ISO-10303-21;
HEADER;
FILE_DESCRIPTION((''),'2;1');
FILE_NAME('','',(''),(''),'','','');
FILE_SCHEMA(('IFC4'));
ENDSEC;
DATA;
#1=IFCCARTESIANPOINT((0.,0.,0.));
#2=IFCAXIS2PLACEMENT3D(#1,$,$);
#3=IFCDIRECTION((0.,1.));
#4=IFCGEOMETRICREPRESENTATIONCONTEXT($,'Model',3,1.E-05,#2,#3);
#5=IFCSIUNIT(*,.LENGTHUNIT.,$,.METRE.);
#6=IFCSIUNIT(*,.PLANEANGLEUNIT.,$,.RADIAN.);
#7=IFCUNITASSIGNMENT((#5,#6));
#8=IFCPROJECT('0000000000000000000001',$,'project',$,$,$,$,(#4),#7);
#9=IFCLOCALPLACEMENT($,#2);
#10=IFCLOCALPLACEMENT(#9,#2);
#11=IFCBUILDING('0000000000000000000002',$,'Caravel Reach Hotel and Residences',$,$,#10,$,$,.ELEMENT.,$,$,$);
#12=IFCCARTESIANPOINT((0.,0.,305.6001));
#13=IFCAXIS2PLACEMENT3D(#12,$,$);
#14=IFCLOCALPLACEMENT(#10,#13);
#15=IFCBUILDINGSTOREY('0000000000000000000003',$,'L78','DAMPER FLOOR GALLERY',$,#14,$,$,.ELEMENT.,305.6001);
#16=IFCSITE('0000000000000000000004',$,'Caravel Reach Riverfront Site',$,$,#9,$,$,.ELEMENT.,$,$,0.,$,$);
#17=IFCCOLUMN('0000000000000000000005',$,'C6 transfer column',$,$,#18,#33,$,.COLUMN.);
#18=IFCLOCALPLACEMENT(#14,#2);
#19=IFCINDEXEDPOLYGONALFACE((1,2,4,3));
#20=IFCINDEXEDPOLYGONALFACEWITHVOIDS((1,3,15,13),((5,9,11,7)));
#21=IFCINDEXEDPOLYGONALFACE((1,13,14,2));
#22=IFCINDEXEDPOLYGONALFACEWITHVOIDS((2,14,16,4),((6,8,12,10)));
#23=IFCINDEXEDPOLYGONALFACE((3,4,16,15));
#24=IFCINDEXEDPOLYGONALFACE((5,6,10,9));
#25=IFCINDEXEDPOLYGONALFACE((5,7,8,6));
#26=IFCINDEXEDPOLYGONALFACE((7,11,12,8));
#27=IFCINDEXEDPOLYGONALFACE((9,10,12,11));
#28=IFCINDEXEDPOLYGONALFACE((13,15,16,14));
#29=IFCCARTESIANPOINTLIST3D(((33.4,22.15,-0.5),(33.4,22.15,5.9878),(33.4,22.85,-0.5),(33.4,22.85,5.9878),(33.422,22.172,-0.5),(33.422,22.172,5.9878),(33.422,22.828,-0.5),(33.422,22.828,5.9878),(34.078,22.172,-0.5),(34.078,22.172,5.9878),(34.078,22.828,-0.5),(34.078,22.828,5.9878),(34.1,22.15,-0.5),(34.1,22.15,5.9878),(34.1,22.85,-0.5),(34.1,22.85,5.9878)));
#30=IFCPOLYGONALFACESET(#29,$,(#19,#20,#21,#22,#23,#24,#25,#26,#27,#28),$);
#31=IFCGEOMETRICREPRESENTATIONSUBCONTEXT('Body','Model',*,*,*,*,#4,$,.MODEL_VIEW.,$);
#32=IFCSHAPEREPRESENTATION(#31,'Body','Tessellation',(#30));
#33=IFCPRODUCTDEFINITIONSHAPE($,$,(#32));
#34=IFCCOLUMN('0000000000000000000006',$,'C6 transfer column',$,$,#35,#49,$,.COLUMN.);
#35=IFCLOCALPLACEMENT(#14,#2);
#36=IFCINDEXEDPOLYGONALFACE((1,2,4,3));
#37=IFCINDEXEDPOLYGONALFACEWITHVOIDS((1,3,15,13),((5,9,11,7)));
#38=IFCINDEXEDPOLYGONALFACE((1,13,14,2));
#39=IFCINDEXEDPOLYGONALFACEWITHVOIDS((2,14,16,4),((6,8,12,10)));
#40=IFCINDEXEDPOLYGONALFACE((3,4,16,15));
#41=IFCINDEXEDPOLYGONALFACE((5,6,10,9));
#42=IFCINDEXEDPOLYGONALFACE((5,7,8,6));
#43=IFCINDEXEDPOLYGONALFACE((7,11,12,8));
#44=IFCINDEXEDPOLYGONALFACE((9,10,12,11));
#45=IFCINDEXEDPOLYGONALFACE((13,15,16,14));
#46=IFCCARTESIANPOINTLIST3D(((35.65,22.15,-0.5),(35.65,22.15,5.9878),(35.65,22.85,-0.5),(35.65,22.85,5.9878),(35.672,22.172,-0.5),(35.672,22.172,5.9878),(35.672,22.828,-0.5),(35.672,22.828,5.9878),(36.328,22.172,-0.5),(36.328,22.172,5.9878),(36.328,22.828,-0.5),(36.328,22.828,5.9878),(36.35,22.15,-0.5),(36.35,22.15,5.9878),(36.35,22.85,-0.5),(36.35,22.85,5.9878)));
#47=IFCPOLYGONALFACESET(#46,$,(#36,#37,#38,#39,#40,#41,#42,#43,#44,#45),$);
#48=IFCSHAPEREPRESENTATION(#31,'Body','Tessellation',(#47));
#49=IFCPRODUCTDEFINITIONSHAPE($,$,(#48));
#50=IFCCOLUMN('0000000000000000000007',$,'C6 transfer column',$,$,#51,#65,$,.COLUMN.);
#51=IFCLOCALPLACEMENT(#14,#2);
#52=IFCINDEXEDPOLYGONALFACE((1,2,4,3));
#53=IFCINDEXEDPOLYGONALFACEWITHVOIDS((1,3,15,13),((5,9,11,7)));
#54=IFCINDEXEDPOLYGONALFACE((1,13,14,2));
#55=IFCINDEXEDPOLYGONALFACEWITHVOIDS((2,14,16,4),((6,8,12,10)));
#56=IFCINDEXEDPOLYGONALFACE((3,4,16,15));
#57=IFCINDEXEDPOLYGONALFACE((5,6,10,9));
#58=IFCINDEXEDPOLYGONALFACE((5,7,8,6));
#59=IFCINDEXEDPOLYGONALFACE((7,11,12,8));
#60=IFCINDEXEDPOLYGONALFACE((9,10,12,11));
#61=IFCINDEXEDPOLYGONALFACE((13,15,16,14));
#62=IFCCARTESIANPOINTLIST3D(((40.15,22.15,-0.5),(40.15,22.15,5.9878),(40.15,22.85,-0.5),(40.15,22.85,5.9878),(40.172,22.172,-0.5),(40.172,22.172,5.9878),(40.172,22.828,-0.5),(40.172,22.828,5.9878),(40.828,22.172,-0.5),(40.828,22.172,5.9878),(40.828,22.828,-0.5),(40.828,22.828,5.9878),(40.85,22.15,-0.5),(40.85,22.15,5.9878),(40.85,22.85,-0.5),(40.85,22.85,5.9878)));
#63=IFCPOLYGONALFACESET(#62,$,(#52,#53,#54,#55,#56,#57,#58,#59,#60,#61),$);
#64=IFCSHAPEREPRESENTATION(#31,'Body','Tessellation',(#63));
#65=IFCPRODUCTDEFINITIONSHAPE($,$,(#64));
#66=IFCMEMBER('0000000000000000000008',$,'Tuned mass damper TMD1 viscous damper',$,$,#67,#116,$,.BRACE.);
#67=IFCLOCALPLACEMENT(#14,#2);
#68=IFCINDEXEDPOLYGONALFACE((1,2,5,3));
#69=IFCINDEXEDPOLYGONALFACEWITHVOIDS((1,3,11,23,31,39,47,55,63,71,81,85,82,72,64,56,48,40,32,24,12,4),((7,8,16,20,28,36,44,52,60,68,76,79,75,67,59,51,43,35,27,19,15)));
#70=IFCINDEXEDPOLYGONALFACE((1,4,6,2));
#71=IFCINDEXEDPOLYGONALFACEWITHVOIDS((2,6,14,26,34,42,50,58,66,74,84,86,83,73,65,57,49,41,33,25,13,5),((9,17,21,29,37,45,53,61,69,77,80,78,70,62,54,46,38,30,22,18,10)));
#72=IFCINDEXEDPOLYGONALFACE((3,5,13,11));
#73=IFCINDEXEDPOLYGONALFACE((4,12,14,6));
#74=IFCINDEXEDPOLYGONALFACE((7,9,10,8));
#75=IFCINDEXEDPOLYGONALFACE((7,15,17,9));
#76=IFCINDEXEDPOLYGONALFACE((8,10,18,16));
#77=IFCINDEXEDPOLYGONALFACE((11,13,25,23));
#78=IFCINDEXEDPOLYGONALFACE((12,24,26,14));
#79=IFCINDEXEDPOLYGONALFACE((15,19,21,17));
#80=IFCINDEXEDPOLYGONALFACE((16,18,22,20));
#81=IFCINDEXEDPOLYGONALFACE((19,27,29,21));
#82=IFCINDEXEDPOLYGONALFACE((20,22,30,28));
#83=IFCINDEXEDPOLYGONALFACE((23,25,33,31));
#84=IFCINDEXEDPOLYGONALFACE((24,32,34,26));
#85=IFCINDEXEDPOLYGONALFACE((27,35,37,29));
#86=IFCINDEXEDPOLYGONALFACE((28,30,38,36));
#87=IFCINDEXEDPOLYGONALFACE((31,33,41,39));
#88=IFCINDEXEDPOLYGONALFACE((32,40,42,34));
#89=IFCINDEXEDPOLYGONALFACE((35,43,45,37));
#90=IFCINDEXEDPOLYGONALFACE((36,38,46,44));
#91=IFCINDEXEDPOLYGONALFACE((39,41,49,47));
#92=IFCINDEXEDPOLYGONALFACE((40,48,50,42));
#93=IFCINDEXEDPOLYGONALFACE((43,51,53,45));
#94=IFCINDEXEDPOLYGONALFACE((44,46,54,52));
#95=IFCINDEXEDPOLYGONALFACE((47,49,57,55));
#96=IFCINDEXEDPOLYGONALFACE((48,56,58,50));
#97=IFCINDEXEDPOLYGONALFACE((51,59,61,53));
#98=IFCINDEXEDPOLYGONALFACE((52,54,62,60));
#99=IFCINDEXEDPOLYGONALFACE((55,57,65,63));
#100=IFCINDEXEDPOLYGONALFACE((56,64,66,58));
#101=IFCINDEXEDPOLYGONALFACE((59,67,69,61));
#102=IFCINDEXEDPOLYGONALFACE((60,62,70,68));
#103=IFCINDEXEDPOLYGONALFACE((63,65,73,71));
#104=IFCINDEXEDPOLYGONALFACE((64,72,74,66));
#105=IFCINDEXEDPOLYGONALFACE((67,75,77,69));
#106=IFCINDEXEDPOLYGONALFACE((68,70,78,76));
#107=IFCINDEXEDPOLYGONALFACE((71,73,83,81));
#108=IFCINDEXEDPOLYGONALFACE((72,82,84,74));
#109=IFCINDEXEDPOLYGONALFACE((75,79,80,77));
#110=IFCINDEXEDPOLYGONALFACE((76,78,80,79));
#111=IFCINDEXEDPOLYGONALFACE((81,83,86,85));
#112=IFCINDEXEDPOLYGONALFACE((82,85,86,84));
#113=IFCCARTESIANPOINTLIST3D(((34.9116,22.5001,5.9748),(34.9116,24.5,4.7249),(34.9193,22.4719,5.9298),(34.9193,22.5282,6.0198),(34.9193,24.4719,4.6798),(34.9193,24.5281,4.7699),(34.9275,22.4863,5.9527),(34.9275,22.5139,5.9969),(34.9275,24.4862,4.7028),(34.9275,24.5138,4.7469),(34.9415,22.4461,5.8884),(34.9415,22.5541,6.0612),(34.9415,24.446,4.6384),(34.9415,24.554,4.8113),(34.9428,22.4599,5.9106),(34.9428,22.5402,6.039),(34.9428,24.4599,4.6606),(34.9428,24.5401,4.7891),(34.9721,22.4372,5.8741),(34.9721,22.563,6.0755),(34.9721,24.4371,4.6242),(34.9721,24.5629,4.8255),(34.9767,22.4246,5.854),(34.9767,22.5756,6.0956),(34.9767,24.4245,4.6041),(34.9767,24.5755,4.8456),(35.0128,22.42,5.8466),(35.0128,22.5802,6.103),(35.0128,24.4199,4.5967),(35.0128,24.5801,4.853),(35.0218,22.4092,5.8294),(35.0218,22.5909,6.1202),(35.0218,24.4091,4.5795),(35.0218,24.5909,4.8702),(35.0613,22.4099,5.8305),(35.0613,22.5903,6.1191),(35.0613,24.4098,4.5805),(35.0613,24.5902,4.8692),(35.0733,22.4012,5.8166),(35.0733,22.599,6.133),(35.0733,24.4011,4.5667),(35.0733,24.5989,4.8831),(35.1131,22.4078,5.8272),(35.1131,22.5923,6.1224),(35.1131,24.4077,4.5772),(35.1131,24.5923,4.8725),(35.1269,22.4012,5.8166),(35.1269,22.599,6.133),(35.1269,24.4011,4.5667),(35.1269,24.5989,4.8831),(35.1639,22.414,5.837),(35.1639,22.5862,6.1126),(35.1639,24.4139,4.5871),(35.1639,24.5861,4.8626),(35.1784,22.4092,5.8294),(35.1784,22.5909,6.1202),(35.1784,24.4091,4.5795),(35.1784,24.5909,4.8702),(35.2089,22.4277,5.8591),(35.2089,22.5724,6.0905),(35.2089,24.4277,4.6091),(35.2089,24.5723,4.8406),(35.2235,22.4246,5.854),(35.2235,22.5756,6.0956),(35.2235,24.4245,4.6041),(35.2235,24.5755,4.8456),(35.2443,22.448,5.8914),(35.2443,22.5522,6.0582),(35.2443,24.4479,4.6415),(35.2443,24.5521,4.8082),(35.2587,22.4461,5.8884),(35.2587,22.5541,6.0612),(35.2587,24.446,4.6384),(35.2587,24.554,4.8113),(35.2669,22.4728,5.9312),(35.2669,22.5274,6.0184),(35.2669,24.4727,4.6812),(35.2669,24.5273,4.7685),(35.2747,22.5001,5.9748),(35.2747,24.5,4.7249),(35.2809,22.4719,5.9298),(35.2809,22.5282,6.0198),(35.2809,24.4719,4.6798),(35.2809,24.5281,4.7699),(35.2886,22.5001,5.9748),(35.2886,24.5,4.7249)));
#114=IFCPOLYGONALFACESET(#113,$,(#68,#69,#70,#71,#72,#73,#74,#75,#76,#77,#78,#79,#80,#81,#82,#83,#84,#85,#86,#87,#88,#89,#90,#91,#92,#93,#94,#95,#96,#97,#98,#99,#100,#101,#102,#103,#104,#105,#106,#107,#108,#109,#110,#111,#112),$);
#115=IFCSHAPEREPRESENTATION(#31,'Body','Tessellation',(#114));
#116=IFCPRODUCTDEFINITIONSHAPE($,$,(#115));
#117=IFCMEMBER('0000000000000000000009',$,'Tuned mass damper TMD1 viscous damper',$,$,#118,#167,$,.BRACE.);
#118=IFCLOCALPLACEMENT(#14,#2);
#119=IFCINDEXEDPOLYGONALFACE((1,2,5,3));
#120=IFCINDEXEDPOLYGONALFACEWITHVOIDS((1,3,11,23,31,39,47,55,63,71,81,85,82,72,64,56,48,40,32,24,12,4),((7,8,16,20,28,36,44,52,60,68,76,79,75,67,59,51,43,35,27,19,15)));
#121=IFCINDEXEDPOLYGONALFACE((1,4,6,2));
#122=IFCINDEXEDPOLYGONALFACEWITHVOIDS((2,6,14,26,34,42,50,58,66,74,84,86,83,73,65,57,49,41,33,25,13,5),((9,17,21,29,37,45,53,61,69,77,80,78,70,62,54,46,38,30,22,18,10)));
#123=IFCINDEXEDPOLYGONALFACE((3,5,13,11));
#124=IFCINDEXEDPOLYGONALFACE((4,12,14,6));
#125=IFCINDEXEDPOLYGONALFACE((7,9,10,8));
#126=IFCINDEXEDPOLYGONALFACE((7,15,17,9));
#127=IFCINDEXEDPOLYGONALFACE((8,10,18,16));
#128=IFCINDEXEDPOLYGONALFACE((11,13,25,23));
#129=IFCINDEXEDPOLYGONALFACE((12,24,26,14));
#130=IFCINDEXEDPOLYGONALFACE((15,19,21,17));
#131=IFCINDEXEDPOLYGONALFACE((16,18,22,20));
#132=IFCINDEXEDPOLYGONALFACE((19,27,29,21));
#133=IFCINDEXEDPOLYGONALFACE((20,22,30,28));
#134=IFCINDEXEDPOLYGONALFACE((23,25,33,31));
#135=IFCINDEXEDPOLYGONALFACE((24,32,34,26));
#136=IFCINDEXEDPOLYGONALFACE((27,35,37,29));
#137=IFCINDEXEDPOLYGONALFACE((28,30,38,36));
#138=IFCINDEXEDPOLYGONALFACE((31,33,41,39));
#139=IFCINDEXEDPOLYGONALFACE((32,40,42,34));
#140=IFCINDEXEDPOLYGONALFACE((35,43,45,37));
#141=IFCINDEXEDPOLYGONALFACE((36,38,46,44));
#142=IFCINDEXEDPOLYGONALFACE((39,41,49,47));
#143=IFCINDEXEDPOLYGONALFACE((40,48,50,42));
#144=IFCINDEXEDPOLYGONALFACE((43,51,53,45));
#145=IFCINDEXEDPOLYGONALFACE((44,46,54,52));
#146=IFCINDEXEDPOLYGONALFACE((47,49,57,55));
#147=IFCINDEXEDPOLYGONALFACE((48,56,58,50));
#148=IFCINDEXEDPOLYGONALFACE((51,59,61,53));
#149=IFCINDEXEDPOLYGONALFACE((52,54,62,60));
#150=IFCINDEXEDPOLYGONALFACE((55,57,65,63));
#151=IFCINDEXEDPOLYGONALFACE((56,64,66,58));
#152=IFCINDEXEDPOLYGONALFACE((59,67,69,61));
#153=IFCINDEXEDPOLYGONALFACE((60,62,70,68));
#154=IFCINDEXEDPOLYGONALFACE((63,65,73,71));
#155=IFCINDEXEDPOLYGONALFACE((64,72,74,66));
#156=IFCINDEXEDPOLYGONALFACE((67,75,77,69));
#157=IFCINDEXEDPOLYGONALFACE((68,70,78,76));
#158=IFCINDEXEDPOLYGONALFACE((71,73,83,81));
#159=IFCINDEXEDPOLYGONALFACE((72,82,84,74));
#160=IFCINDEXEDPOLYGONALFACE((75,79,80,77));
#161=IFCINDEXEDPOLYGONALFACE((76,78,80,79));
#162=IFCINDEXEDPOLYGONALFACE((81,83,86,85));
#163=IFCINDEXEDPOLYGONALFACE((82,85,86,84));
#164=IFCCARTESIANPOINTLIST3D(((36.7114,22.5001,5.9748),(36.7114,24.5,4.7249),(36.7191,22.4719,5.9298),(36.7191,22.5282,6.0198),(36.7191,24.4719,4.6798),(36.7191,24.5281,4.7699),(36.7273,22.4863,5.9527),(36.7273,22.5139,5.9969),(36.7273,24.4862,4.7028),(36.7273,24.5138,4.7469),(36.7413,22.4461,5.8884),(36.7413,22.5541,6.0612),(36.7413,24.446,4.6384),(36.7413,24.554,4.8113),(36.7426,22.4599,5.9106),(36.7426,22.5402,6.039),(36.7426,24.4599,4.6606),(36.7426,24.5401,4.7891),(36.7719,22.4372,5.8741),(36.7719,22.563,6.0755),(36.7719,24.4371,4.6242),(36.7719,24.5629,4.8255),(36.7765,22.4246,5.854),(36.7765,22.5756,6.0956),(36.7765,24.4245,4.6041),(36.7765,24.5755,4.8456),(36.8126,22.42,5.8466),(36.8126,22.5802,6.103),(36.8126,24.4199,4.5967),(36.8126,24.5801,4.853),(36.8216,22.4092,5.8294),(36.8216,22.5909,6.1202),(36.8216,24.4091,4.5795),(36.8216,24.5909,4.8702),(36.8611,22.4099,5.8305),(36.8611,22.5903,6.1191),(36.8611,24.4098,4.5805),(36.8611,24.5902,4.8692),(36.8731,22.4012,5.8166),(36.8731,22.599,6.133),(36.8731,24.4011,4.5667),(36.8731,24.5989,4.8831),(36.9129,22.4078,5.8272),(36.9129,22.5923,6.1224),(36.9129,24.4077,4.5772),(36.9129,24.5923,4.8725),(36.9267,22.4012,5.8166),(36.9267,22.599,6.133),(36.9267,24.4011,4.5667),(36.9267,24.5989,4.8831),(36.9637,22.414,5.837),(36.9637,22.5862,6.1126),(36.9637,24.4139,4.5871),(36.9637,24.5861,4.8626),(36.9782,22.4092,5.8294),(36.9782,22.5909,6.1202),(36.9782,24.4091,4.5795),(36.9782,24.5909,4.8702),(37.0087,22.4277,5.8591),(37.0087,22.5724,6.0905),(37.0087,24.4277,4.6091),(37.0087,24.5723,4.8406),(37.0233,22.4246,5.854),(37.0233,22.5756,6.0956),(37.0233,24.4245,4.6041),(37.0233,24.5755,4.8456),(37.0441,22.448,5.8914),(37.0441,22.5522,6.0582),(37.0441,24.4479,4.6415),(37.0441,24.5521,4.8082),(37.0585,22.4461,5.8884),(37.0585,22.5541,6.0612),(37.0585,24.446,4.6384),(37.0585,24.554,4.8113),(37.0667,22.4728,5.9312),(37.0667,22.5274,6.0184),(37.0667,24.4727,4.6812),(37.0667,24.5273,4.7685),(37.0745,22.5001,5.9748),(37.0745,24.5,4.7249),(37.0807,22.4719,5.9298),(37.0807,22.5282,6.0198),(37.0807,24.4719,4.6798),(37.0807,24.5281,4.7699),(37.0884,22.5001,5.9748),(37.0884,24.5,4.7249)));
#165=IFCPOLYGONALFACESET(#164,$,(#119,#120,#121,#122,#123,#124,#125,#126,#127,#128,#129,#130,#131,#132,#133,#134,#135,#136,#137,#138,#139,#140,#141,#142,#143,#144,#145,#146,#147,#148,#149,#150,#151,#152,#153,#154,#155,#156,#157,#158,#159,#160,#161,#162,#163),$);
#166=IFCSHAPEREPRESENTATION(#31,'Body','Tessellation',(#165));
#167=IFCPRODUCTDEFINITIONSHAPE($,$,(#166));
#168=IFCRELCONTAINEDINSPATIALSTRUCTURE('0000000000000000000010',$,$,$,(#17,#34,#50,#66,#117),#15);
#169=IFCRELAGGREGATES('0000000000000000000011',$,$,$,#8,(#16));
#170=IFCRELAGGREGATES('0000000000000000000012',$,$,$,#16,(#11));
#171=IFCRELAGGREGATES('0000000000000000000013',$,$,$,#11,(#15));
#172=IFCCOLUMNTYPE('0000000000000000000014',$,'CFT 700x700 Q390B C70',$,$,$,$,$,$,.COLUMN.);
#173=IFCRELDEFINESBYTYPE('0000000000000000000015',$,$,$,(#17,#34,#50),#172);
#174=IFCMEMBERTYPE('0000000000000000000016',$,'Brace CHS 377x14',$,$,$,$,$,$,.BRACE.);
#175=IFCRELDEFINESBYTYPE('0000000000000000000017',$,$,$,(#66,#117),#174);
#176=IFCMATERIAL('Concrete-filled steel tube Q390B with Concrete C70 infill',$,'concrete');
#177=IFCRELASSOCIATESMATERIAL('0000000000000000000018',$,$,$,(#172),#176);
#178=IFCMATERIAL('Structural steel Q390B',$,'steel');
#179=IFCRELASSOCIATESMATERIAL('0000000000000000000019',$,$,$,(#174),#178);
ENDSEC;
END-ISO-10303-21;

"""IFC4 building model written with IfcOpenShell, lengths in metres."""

from ifc_helpers import new_model, si_unit, direction, frame, origin, origin_2d, place, context, subcontext, project, spatial, hollow_rectangle, hollow_circle, extrude, material, material_profile, profile_set, type_object, element, save


model = new_model("IFC4")

# Units and contexts
model_context = context("Model", 3, precision=1e-05, world=origin(), true_north=direction((0.0, 1.0)))
body_context = subcontext(model_context, "Body", "Model", "MODEL_VIEW")
ifc_project = project(units=[si_unit("LENGTHUNIT", "METRE"), si_unit("PLANEANGLEUNIT", "RADIAN")], contexts=[model_context])

# Site, building, storey
site_placement = place(None, origin())
site = spatial("IfcSite", under=ifc_project, at=site_placement, Name="Caravel Reach Riverfront Site", CompositionType="ELEMENT", RefElevation=0.0)
building_placement = place(site_placement, origin())
building = spatial("IfcBuilding", under=site, at=building_placement, Name="Caravel Reach Hotel and Residences", CompositionType="ELEMENT")
storey_placement = place(building_placement, frame((0.0, 0.0, 305.6001)))
storey = spatial("IfcBuildingStorey", under=building, at=storey_placement, Name="L78", Description="DAMPER FLOOR GALLERY", CompositionType="ELEMENT", Elevation=305.6001)

# Columns
ifc_material_1 = material(Name="Concrete-filled steel tube Q390B with Concrete C70 infill", Category="concrete")
ifc_material_profile_1 = material_profile(ifc_material_1, hollow_rectangle(XDim=0.7, YDim=0.7, WallThickness=0.022, at=origin_2d()), Name="RHS 700x700x22")
ifc_profile_set_1 = profile_set([ifc_material_profile_1], Name="Concrete-filled steel tube Q390B with Concrete C70 infill")
column_type = type_object("IfcColumnType", Name="CFT 700x700 Q390B C70", PredefinedType="COLUMN", material=ifc_profile_set_1)
for number, where, z_axis, x_axis, name in (
    (1, (33.75, 22.5, -0.5), (0.0, 0.0, 1.0), (1.0, 0.0, 0.0), "C6 transfer column"),
    (2, (36.0, 22.5, -0.5), (0.0, 0.0, 1.0), (1.0, 0.0, 0.0), "C6 transfer column"),
    (3, (40.5, 22.5, -0.5), (0.0, 0.0, 1.0), (1.0, 0.0, 0.0), "C6 transfer column"),
):
    element("IfcColumn", number, at=place(storey_placement, frame(where, z_axis=z_axis, x_axis=x_axis)), inside=storey, type_object=column_type, Name=name, PredefinedType="COLUMN", context=body_context, shape_type="SweptSolid", body=[
        extrude(hollow_rectangle(XDim=0.7, YDim=0.7, WallThickness=0.022, at=origin_2d()), origin(), (0.0, 0.0, 1.0), 6.4878),
    ])

# Members
ifc_material_2 = material(Name="Structural steel Q390B", Category="steel")
ifc_material_profile_2 = material_profile(ifc_material_2, hollow_circle(Radius=0.1885, WallThickness=0.0139, at=origin_2d()), Name="CHS 377x14")
ifc_profile_set_2 = profile_set([ifc_material_profile_2], Name="Structural steel Q390B")
member_type_1 = type_object("IfcMemberType", Name="Brace CHS 377x14", PredefinedType="BRACE", material=ifc_profile_set_2)
for number, where, z_axis, x_axis, name in (
    (4, (35.1001, 24.5, 4.7249), (0.0, -0.847998, 0.529999), (1.0, 0.0, 0.0), "Tuned mass damper TMD1 viscous damper"),
    (5, (36.8999, 24.5, 4.7249), (0.0, -0.847998, 0.529999), (1.0, 0.0, 0.0), "Tuned mass damper TMD1 viscous damper"),
):
    element("IfcMember", number, at=place(storey_placement, frame(where, z_axis=z_axis, x_axis=x_axis)), inside=storey, type_object=member_type_1, Name=name, PredefinedType="BRACE", context=body_context, shape_type="SweptSolid", body=[
        extrude(hollow_circle(Radius=0.1885, WallThickness=0.0139, at=origin_2d()), origin(), (0.0, 0.0, 1.0), 2.3584),
    ])

save(model, "model.ifc")
